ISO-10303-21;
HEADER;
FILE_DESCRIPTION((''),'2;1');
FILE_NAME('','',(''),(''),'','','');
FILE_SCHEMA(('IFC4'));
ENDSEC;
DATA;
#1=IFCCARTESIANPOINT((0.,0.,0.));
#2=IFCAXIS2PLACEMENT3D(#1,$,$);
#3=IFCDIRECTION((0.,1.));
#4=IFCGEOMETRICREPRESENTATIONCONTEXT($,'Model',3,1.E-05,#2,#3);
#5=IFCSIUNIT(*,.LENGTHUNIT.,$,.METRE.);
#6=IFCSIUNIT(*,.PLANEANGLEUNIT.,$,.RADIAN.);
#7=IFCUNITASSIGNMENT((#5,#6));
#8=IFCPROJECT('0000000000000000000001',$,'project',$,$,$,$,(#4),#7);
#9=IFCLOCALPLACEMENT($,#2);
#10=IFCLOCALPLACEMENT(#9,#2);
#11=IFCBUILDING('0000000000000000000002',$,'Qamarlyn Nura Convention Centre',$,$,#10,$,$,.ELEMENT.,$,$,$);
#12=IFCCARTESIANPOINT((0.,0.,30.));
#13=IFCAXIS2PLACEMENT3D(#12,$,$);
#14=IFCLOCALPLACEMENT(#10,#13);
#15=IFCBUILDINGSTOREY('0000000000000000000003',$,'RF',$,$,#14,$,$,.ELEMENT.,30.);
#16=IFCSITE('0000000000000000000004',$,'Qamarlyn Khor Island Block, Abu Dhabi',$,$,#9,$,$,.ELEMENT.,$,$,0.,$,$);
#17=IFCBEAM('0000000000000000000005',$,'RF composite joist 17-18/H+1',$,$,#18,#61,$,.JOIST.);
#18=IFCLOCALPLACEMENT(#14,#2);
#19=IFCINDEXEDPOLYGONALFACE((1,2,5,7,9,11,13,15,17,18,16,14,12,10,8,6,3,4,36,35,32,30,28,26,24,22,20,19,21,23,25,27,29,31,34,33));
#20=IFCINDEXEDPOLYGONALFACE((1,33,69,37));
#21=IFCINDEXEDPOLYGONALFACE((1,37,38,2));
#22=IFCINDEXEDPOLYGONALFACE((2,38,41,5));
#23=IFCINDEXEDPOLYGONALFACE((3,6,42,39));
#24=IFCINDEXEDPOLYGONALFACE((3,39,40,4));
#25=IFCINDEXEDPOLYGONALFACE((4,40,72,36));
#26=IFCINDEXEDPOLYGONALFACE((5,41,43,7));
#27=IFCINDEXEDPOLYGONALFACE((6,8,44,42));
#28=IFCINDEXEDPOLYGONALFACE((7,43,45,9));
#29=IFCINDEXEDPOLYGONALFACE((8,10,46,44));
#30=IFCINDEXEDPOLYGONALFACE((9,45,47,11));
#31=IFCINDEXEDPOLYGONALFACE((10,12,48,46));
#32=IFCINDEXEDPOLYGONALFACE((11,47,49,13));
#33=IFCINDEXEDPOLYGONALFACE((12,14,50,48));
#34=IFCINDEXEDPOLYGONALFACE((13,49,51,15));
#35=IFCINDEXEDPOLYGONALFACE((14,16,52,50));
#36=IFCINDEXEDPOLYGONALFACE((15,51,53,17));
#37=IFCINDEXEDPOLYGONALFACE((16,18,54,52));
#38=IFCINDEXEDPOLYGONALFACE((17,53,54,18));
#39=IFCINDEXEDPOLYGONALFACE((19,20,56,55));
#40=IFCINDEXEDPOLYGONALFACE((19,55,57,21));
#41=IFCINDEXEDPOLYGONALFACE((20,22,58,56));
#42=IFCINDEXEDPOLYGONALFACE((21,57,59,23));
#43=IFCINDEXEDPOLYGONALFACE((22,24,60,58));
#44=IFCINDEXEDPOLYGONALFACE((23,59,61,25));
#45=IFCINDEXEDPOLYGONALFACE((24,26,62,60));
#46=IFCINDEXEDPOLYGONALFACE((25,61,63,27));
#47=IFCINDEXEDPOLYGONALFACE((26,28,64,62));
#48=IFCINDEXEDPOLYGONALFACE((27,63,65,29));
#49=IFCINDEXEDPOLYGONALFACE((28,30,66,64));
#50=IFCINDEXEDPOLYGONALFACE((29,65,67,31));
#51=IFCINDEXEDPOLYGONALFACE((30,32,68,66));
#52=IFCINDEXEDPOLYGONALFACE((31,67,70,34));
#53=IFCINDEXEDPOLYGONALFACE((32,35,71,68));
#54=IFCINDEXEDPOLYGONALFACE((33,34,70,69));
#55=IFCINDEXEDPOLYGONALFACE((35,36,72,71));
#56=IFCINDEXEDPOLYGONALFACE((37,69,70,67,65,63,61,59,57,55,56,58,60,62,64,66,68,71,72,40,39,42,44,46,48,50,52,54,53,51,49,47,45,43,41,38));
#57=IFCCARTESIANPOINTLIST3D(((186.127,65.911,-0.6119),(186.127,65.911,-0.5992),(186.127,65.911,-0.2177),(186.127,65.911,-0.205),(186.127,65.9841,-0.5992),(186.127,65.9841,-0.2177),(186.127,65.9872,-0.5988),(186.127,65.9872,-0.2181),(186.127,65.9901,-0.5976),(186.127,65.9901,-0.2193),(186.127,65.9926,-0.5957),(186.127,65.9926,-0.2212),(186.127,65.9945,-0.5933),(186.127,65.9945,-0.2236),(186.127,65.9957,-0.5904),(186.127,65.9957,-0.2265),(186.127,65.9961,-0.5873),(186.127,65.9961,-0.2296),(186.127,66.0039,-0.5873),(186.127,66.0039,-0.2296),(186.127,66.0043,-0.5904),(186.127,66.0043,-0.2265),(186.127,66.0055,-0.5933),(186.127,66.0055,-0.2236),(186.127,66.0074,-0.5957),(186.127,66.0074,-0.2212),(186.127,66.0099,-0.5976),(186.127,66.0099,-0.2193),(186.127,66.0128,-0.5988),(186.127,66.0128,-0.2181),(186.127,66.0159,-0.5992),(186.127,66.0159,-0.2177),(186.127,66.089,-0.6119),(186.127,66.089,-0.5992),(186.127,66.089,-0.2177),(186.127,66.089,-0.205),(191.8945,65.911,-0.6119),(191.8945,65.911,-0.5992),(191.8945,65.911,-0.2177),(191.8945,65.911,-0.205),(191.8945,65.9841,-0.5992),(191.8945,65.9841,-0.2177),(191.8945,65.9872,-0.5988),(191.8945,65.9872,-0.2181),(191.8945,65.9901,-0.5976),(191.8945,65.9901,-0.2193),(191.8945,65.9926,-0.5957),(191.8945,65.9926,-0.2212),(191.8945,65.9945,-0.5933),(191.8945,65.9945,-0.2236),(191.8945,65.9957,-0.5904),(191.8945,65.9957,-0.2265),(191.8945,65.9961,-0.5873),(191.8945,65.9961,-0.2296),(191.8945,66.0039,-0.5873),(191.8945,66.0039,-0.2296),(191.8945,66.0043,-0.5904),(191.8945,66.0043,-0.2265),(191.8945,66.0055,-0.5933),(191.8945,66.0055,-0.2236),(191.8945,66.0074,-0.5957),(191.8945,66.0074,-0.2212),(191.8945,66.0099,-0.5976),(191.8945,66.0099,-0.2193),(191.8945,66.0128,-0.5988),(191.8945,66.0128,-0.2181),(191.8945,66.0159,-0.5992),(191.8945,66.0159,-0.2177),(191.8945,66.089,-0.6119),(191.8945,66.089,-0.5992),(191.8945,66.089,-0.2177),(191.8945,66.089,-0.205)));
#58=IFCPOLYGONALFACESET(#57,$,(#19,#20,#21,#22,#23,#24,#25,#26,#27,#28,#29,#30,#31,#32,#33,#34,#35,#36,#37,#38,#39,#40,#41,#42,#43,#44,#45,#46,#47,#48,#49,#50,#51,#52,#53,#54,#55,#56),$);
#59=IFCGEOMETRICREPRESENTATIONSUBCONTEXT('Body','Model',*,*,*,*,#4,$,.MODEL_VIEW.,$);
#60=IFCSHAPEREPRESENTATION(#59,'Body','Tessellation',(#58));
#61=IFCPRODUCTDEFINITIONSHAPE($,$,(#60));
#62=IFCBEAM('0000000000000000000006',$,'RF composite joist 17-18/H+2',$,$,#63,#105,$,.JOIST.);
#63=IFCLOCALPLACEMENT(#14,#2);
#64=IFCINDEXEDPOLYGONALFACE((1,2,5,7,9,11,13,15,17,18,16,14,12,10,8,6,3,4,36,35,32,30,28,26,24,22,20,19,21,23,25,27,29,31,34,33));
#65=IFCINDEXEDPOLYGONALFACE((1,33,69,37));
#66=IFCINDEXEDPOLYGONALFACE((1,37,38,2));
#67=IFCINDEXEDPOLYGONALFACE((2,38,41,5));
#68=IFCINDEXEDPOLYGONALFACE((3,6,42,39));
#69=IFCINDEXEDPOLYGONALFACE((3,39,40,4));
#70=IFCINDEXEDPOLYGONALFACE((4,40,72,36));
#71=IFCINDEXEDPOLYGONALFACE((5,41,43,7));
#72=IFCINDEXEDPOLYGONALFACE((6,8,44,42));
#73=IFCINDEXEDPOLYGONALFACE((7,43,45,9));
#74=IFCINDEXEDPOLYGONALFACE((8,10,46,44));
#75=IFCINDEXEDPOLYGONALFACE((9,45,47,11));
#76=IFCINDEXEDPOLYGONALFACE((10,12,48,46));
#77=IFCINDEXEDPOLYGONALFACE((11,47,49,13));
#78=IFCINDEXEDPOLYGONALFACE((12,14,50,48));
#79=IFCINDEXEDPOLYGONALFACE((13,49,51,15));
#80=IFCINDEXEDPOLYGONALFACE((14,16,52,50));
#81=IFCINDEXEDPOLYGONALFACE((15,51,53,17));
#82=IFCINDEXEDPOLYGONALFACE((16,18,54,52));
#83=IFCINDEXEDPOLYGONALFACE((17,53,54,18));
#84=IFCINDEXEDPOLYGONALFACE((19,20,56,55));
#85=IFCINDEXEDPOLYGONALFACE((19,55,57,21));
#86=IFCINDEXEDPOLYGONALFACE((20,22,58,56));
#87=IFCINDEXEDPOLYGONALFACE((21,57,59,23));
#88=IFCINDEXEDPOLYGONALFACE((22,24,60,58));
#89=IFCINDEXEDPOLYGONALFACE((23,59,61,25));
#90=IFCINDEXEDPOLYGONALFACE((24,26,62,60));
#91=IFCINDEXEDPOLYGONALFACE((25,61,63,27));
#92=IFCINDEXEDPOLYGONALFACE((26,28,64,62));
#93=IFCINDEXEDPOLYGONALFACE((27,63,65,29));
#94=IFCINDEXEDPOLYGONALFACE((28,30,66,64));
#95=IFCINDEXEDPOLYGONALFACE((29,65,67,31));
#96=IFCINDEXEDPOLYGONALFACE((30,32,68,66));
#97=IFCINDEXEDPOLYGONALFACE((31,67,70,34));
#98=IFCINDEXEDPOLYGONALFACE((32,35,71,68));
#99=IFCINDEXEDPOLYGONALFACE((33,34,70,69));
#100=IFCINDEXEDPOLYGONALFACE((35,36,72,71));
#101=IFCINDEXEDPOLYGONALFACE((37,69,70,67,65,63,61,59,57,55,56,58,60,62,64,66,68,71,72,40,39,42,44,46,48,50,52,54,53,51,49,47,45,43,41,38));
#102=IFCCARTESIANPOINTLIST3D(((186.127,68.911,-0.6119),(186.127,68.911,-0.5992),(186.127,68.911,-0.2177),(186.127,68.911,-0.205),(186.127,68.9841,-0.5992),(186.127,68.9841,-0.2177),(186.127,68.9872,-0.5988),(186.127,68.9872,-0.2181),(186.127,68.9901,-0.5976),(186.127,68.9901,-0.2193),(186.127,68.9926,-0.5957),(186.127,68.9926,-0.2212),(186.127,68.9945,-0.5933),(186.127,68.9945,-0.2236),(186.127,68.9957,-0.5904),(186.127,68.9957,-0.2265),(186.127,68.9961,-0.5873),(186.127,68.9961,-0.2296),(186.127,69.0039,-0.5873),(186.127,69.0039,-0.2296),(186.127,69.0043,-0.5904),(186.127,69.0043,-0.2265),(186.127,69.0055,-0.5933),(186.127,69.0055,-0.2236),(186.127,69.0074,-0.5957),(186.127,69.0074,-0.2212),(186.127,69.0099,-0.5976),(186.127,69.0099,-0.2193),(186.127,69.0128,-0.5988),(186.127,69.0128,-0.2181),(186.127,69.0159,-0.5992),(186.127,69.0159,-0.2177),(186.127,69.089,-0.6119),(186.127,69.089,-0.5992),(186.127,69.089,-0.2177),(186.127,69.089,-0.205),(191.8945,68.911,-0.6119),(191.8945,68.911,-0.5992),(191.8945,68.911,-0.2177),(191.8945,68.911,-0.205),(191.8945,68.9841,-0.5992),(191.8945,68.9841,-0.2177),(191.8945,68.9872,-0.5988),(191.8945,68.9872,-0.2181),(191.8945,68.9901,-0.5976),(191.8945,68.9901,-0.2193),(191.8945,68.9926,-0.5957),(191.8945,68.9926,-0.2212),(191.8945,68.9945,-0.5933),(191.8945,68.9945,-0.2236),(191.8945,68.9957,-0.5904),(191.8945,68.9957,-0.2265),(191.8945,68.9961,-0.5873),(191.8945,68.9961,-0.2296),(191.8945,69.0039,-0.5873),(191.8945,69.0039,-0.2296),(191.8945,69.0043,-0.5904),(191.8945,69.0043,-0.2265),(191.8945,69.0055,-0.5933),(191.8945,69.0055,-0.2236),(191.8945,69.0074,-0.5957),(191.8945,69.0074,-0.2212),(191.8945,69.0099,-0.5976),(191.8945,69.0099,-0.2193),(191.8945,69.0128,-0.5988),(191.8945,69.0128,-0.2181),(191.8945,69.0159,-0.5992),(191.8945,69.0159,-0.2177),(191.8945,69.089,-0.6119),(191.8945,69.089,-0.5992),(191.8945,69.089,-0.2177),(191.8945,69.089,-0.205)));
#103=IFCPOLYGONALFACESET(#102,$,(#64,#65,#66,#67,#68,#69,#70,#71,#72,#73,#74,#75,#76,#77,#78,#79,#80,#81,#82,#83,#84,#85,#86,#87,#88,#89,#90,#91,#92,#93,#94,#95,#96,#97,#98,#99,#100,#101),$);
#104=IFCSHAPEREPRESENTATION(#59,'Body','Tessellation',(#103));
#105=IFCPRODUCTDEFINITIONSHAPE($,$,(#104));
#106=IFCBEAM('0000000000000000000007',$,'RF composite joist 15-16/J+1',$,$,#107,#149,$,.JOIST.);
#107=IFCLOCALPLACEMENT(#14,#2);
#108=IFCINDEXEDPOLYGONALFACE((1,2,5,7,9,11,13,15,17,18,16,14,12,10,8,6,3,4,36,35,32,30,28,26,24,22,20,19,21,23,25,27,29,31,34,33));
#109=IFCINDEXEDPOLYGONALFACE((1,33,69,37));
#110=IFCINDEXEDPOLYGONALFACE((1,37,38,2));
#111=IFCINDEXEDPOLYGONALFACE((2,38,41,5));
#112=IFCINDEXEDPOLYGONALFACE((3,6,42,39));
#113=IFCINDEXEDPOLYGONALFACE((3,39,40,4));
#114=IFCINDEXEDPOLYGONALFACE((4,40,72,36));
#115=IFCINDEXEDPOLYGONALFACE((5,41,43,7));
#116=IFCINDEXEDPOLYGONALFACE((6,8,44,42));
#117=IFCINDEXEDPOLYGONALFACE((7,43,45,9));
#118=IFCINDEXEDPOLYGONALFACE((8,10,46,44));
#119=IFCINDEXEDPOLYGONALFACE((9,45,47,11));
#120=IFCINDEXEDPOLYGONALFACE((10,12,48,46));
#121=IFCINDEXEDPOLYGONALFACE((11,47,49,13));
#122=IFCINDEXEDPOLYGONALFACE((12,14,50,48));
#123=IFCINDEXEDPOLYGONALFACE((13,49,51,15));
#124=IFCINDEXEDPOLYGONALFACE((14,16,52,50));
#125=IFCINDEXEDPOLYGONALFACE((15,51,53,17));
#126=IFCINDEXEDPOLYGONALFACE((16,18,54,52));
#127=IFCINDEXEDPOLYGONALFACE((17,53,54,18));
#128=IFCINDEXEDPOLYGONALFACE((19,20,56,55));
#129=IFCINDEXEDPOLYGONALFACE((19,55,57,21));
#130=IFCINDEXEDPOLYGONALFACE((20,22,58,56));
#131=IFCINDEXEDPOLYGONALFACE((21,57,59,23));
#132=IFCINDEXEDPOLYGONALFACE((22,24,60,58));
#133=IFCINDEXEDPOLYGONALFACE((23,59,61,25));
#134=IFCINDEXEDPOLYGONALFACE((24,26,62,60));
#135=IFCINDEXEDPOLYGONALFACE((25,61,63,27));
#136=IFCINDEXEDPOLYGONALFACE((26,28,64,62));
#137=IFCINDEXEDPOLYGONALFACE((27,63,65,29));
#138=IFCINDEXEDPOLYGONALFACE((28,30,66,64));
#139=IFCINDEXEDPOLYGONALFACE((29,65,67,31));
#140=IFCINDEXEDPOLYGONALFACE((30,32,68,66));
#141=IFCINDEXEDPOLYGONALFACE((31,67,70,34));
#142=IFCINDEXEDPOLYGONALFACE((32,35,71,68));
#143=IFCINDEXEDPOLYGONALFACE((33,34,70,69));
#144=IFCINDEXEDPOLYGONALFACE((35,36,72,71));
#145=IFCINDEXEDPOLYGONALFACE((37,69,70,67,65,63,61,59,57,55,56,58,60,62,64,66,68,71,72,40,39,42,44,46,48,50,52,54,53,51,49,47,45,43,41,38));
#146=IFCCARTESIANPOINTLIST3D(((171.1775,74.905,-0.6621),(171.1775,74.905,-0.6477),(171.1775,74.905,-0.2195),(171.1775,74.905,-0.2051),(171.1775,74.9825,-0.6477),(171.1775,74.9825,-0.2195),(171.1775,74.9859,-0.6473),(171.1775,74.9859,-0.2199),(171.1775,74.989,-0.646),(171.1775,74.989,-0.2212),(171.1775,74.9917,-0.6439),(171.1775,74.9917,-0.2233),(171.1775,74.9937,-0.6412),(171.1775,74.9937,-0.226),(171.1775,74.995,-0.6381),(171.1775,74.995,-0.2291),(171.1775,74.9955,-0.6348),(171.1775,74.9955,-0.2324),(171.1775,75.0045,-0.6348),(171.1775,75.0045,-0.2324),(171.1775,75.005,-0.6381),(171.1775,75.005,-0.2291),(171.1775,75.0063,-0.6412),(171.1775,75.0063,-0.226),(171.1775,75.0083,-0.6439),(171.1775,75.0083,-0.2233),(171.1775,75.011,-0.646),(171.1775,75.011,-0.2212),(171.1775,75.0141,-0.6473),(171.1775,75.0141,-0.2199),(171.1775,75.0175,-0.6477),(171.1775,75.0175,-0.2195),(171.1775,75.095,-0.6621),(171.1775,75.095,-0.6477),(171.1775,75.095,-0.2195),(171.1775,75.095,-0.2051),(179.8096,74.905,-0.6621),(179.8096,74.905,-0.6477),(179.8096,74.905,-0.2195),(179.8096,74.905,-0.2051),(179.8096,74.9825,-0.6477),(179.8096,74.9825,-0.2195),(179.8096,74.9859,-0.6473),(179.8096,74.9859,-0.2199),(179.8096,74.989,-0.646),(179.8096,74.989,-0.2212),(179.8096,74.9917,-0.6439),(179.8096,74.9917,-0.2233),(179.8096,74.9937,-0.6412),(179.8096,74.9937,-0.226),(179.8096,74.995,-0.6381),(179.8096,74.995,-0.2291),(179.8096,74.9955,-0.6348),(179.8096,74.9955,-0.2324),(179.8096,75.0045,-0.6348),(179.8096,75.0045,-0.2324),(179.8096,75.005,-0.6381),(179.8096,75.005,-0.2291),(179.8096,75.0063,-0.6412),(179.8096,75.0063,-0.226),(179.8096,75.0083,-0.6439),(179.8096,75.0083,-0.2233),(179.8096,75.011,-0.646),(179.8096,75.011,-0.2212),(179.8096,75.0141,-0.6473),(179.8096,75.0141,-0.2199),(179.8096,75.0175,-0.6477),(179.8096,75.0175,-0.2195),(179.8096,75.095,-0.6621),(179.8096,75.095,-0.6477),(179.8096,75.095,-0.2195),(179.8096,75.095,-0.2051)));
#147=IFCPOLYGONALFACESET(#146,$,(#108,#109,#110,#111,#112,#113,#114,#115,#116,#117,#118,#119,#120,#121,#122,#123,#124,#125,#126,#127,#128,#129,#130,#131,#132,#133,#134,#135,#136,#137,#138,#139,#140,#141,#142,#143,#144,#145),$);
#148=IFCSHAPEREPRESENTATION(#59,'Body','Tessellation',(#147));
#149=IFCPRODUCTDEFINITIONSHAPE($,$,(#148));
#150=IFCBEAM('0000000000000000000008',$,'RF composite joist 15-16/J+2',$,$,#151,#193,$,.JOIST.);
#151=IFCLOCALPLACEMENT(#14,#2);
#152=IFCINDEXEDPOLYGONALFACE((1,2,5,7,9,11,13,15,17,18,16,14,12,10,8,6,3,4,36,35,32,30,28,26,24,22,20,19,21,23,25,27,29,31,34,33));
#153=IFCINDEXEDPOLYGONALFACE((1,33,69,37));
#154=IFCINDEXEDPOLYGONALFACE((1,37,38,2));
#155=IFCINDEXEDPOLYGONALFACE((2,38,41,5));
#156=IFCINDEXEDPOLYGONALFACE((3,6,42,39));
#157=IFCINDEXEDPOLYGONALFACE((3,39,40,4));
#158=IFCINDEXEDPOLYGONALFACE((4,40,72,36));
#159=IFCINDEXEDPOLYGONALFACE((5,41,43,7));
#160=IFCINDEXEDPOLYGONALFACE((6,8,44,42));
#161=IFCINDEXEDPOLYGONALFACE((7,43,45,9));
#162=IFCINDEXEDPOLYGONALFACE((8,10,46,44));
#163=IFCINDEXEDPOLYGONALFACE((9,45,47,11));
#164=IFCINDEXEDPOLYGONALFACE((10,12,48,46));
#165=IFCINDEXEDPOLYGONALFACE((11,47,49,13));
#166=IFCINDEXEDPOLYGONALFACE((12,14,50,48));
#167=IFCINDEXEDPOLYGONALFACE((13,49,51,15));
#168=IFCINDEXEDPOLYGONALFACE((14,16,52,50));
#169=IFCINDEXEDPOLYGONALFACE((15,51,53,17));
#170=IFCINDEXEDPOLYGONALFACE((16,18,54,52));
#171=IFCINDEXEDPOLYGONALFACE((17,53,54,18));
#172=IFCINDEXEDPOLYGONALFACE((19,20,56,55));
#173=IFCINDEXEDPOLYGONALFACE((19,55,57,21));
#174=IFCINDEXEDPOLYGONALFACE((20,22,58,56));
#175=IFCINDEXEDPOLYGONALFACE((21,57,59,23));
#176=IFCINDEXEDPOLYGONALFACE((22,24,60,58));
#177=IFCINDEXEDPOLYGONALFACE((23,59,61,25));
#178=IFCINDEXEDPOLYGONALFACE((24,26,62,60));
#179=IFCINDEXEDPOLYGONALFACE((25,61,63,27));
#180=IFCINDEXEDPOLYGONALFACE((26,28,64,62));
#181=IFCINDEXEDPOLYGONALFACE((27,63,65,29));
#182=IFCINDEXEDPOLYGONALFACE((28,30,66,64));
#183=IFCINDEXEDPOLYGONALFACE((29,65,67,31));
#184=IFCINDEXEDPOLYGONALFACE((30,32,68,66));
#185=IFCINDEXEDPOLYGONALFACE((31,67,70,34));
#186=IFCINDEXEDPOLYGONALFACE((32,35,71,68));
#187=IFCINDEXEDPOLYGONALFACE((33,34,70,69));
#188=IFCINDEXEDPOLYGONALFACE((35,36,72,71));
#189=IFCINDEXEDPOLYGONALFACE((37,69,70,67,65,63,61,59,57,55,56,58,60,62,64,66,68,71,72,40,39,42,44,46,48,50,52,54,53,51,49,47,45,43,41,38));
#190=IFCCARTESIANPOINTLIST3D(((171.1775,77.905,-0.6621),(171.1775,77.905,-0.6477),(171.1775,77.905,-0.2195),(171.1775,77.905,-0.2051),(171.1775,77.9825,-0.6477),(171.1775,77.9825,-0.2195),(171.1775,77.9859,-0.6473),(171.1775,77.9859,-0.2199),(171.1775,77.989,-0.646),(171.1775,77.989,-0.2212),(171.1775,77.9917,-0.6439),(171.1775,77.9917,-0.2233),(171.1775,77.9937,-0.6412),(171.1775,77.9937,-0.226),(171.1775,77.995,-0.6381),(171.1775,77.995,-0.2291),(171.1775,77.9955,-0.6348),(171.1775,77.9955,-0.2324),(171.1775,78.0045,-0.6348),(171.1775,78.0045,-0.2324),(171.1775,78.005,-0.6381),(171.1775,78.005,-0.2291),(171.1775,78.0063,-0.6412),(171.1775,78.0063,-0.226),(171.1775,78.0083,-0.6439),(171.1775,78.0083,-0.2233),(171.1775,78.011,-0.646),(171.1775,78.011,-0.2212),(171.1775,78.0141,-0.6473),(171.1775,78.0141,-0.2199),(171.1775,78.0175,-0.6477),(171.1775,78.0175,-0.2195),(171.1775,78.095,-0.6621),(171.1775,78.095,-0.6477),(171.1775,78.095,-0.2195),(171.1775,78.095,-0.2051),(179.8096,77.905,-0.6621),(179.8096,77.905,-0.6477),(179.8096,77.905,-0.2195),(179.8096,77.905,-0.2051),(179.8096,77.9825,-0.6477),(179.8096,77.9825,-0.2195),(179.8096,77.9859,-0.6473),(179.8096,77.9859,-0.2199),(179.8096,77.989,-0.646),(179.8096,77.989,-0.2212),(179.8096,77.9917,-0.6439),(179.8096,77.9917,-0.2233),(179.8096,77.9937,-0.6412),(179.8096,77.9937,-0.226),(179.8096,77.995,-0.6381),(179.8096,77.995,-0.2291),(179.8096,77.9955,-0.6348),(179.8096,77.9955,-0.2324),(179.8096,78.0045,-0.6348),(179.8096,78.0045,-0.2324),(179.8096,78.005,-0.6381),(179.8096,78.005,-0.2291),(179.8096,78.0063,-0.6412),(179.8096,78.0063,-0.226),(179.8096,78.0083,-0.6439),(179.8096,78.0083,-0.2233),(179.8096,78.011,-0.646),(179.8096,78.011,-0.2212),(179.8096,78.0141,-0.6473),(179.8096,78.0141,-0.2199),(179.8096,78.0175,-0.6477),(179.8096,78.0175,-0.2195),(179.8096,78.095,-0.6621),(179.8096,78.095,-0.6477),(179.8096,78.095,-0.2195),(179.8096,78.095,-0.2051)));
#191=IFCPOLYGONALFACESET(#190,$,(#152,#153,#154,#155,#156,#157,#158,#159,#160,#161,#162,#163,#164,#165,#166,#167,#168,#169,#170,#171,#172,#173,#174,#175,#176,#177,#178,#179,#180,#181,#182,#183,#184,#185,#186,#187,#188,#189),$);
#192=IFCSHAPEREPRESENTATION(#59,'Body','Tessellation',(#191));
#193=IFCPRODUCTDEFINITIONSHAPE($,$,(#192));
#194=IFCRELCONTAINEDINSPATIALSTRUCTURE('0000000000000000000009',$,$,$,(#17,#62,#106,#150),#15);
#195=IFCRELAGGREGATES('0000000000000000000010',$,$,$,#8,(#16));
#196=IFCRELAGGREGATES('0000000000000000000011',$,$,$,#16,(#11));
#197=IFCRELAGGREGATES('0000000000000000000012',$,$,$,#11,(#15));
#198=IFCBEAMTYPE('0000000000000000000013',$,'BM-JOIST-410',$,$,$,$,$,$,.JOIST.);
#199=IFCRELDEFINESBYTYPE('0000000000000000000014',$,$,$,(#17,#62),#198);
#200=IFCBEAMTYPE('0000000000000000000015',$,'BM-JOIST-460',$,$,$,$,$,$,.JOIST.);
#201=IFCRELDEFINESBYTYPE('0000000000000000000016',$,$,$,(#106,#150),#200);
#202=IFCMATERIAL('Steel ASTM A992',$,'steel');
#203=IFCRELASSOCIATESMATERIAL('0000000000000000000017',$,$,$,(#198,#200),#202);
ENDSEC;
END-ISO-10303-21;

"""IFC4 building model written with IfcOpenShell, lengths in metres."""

from ifc_helpers import new_model, si_unit, direction, frame, origin, origin_2d, place, context, subcontext, project, spatial, i_section, extrude, material, material_profile, profile_set, type_object, element, save


model = new_model("IFC4")

# Units and contexts
model_context = context("Model", 3, precision=1e-05, world=origin(), true_north=direction((0.0, 1.0)))
body_context = subcontext(model_context, "Body", "Model", "MODEL_VIEW")
ifc_project = project(units=[si_unit("LENGTHUNIT", "METRE"), si_unit("PLANEANGLEUNIT", "RADIAN")], contexts=[model_context])

# Site, building, storey
site_placement = place(None, origin())
site = spatial("IfcSite", under=ifc_project, at=site_placement, Name="Qamarlyn Khor Island Block, Abu Dhabi", CompositionType="ELEMENT", RefElevation=0.0)
building_placement = place(site_placement, origin())
building = spatial("IfcBuilding", under=site, at=building_placement, Name="Qamarlyn Nura Convention Centre", CompositionType="ELEMENT")
storey_placement = place(building_placement, frame((0.0, 0.0, 30.0)))
storey = spatial("IfcBuildingStorey", under=building, at=storey_placement, Name="RF", CompositionType="ELEMENT", Elevation=30.0)

# Beams
ifc_material_1 = material(Name="Steel ASTM A992", Category="steel")
ifc_material_profile_1 = material_profile(ifc_material_1, i_section(OverallWidth=0.178, OverallDepth=0.407, WebThickness=0.0078, FlangeThickness=0.0127, FilletRadius=0.012, at=origin_2d()), Name="W410X60")
ifc_profile_set_1 = profile_set([ifc_material_profile_1], Name="Steel ASTM A992")
beam_type_1 = type_object("IfcBeamType", Name="BM-JOIST-410", PredefinedType="JOIST", material=ifc_profile_set_1)
for number, where, z_axis, x_axis, name in (
    (1, (186.127, 66.0, -0.4084), (1.0, 0.0, 0.0), (0.0, 1.0, 0.0), "RF composite joist 17-18/H+1"),
    (2, (186.127, 69.0, -0.4084), (1.0, 0.0, 0.0), (0.0, 1.0, 0.0), "RF composite joist 17-18/H+2"),
):
    element("IfcBeam", number, at=place(storey_placement, frame(where, z_axis=z_axis, x_axis=x_axis)), inside=storey, type_object=beam_type_1, Name=name, PredefinedType="JOIST", context=body_context, shape_type="SweptSolid", body=[
        extrude(i_section(OverallWidth=0.178, OverallDepth=0.407, WebThickness=0.0078, FlangeThickness=0.0127, FilletRadius=0.012, at=origin_2d()), origin(), (0.0, 0.0, 1.0), 5.7676),
    ])
ifc_material_profile_2 = material_profile(ifc_material_1, i_section(OverallWidth=0.1899, OverallDepth=0.457, WebThickness=0.009, FlangeThickness=0.0144, FilletRadius=0.0129, at=origin_2d()), Name="W460X74")
ifc_profile_set_2 = profile_set([ifc_material_profile_2], Name="Steel ASTM A992")
beam_type_2 = type_object("IfcBeamType", Name="BM-JOIST-460", PredefinedType="JOIST", material=ifc_profile_set_2)
for number, where, z_axis, x_axis, name in (
    (3, (171.1775, 75.0, -0.4336), (1.0, 0.0, 0.0), (0.0, 1.0, 0.0), "RF composite joist 15-16/J+1"),
    (4, (171.1775, 78.0, -0.4336), (1.0, 0.0, 0.0), (0.0, 1.0, 0.0), "RF composite joist 15-16/J+2"),
):
    element("IfcBeam", number, at=place(storey_placement, frame(where, z_axis=z_axis, x_axis=x_axis)), inside=storey, type_object=beam_type_2, Name=name, PredefinedType="JOIST", context=body_context, shape_type="SweptSolid", body=[
        extrude(i_section(OverallWidth=0.1899, OverallDepth=0.457, WebThickness=0.009, FlangeThickness=0.0144, FilletRadius=0.0129, at=origin_2d()), origin(), (0.0, 0.0, 1.0), 8.6321),
    ])

save(model, "model.ifc")
